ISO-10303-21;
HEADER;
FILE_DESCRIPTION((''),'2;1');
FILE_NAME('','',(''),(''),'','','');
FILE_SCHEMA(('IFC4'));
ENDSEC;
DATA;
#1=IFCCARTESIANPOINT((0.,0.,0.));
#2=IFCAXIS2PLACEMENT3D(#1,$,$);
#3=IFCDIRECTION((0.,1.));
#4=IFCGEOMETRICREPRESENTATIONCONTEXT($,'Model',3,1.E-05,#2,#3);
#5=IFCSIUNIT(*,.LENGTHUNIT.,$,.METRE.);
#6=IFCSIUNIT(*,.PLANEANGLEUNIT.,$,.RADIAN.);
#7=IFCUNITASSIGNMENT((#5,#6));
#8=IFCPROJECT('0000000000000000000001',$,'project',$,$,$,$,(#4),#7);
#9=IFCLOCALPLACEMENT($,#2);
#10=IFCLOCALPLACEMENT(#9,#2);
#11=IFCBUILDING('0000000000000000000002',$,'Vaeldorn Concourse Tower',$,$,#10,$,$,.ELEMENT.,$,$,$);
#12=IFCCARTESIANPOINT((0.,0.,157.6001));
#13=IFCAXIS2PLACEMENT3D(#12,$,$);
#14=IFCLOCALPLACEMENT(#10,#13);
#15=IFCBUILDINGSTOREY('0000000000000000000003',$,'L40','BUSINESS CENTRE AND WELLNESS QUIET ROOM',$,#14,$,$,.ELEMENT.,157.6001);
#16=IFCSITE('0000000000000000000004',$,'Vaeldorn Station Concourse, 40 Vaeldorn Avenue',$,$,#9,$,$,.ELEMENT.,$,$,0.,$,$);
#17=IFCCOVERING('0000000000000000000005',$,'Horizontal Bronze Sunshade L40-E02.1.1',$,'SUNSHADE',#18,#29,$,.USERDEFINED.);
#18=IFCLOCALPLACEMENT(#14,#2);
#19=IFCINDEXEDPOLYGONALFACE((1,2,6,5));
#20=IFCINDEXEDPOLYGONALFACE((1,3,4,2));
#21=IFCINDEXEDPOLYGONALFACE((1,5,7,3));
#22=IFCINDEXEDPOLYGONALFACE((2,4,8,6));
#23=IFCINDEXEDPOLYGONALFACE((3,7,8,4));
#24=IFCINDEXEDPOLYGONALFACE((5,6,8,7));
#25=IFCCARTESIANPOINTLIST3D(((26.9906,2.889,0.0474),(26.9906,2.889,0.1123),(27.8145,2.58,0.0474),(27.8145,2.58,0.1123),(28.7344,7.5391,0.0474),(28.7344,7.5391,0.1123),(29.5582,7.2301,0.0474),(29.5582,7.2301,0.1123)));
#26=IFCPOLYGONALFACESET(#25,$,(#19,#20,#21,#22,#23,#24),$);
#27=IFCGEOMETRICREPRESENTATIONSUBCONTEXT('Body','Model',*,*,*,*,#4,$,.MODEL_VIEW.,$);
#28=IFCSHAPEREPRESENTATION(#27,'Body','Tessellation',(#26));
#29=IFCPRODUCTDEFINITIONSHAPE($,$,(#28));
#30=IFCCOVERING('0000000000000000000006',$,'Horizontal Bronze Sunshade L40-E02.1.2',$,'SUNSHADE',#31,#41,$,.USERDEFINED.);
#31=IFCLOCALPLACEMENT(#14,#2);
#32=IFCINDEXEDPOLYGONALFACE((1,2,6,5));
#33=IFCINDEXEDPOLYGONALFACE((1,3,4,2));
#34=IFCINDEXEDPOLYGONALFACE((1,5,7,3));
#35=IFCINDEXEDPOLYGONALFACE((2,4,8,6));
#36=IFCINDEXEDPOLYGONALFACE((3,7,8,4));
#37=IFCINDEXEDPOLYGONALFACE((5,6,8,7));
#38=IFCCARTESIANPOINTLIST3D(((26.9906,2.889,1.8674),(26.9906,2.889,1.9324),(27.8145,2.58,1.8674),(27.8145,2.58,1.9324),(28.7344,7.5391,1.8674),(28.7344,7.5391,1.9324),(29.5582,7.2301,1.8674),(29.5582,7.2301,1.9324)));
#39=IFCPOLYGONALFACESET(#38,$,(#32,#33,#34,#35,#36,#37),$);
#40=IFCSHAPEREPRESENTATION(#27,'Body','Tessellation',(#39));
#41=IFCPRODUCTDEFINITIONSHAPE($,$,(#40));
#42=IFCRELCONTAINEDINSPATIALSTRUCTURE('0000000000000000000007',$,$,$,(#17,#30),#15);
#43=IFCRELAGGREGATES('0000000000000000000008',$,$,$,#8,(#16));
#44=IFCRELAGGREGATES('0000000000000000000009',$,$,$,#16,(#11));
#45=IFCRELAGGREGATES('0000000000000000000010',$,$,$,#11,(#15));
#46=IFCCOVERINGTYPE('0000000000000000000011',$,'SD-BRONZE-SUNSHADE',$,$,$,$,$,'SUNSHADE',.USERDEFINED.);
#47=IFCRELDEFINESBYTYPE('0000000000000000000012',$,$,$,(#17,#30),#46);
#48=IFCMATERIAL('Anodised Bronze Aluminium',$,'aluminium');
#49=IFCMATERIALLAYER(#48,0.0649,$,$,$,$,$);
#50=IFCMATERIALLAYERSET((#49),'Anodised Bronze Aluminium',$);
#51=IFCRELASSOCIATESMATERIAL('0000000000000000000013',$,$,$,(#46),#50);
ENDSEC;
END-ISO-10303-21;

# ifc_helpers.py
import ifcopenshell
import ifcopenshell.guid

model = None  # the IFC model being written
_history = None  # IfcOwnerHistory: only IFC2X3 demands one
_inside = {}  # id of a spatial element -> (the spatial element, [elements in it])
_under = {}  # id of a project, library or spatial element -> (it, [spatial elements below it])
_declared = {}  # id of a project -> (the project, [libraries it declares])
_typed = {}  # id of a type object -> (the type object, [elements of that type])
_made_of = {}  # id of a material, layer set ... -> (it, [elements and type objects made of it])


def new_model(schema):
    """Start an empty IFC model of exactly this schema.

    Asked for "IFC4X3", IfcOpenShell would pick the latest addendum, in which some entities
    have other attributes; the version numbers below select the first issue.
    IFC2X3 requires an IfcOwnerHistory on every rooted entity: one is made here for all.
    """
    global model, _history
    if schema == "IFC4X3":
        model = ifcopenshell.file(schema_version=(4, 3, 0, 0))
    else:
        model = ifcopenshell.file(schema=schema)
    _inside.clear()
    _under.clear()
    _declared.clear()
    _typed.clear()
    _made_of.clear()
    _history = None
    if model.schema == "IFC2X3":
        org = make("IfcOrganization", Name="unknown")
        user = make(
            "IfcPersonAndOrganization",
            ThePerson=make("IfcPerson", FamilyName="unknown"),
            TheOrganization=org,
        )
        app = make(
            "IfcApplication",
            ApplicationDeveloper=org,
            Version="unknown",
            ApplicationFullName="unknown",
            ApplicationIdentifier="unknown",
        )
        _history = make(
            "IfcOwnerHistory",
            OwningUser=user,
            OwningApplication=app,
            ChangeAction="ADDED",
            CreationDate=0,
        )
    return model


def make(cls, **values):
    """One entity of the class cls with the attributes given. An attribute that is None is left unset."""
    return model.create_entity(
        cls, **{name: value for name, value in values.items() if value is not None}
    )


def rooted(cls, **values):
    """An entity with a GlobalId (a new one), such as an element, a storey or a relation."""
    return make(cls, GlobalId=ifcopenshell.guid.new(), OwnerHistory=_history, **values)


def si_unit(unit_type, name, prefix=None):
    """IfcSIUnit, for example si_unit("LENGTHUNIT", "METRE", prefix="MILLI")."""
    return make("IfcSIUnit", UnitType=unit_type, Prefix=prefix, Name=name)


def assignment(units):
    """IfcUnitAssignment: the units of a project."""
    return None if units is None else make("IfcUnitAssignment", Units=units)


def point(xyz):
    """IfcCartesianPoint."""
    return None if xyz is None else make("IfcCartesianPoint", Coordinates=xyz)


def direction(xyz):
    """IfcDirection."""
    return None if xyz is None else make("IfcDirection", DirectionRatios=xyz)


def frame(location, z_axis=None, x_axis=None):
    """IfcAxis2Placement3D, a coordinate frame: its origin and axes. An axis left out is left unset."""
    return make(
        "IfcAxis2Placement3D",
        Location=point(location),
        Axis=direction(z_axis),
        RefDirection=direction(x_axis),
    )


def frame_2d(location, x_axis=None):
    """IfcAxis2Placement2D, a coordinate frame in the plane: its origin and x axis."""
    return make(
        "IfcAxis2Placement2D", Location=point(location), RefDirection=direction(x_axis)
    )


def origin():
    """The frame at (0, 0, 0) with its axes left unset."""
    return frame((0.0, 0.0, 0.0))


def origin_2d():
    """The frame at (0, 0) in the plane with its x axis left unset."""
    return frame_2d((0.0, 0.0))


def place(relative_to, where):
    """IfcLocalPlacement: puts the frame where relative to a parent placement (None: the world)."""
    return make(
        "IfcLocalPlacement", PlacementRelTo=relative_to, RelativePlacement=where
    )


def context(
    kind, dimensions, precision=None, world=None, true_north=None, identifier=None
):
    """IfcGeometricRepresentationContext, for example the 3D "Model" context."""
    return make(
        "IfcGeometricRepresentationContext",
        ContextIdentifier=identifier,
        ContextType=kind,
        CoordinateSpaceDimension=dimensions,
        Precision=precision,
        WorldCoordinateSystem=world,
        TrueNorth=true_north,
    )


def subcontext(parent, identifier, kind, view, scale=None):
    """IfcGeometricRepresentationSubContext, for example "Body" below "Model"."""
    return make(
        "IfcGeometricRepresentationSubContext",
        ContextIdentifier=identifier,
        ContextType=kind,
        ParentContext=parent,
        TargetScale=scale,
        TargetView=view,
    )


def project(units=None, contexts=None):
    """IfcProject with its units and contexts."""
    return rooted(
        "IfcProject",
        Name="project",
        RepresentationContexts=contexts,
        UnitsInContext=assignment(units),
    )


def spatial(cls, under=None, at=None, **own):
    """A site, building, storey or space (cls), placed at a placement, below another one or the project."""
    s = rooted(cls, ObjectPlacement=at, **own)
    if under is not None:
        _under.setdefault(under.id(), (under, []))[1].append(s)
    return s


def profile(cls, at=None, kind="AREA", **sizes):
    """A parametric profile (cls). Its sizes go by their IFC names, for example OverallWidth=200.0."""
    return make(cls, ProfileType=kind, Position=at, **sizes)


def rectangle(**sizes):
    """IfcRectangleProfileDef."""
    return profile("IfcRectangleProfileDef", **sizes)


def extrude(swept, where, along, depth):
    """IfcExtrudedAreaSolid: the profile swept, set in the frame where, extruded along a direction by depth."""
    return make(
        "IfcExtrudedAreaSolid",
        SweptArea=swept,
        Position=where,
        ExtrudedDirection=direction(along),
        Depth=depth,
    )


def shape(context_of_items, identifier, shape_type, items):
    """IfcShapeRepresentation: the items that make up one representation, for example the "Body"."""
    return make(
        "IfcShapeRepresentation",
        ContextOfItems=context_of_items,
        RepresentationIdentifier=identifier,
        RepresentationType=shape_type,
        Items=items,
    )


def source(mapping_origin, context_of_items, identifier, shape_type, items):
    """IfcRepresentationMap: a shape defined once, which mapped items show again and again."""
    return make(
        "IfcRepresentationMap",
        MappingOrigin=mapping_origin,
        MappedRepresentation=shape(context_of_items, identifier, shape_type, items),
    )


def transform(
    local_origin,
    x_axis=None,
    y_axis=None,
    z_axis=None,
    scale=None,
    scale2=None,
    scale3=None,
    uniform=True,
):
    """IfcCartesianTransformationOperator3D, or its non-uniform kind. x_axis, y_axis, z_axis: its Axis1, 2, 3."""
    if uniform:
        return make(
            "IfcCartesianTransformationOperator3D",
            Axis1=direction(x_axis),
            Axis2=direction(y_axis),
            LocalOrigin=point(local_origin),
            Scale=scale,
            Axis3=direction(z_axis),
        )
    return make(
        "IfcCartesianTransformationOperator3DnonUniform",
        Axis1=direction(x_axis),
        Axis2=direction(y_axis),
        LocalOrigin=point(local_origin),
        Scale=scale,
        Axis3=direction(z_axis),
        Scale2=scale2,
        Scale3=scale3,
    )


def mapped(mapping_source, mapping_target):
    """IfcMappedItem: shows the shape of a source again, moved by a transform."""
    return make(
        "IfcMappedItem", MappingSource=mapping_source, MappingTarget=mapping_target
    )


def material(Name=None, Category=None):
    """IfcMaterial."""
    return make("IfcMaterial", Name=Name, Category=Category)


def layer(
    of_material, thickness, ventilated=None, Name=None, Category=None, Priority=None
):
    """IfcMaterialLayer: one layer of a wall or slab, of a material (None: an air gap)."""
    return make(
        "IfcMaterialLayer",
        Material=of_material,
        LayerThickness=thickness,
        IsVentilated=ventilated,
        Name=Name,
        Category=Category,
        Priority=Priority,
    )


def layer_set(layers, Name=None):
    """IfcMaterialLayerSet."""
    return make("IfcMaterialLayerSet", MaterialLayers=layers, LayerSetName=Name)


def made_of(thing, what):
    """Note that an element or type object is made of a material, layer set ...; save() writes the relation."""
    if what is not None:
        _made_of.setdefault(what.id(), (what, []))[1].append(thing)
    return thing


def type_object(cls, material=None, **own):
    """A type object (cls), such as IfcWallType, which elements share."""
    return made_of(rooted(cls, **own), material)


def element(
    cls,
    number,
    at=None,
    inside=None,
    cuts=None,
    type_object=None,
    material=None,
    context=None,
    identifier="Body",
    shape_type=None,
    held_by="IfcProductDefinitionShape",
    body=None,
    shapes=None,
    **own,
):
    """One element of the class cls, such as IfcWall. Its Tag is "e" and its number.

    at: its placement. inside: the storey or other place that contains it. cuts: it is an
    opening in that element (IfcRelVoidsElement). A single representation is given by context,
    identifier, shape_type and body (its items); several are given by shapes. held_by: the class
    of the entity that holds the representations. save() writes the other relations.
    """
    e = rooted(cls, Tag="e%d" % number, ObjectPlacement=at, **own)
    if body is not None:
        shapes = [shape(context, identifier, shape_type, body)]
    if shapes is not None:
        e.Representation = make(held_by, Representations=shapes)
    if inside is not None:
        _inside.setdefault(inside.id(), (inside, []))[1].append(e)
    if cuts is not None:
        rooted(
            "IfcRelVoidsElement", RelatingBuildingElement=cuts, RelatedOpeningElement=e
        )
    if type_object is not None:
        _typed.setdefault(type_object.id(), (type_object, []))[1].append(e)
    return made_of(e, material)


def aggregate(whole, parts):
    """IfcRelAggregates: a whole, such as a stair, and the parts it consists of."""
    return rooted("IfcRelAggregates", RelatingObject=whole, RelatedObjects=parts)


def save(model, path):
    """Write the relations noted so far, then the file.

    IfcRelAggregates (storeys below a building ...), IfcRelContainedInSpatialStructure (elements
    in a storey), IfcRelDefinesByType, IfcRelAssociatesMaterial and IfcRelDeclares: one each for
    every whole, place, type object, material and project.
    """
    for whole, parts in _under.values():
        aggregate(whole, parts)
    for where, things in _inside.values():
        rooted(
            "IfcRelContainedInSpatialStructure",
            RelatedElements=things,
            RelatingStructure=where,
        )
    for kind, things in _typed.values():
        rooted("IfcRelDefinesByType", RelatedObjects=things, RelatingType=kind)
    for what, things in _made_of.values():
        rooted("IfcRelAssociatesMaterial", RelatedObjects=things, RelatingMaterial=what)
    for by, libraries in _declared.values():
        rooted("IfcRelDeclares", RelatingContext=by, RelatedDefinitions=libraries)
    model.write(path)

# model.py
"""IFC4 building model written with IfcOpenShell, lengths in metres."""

from ifc_helpers import new_model, si_unit, direction, frame, origin, origin_2d, place, context, subcontext, project, spatial, rectangle, extrude, source, transform, mapped, material, layer, layer_set, type_object, element, save


model = new_model("IFC4")

# Units and contexts
model_context = context("Model", 3, precision=1e-05, world=origin(), true_north=direction((0.0, 1.0)))
body_context = subcontext(model_context, "Body", "Model", "MODEL_VIEW")
ifc_project = project(units=[si_unit("LENGTHUNIT", "METRE"), si_unit("PLANEANGLEUNIT", "RADIAN")], contexts=[model_context])

# Site, building, storey
site_placement = place(None, origin())
site = spatial("IfcSite", under=ifc_project, at=site_placement, Name="Vaeldorn Station Concourse, 40 Vaeldorn Avenue", CompositionType="ELEMENT", RefElevation=0.0)
building_placement = place(site_placement, origin())
building = spatial("IfcBuilding", under=site, at=building_placement, Name="Vaeldorn Concourse Tower", CompositionType="ELEMENT")
storey_placement = place(building_placement, frame((0.0, 0.0, 157.6001)))
storey = spatial("IfcBuildingStorey", under=building, at=storey_placement, Name="L40", Description="BUSINESS CENTRE AND WELLNESS QUIET ROOM", CompositionType="ELEMENT", Elevation=157.6001)

# Shared definitions
ifc_material_1 = material(Name="Anodised Bronze Aluminium", Category="aluminium")

# Coverings
ifc_layer_1 = layer(ifc_material_1, 0.0649)
ifc_layer_set_1 = layer_set([ifc_layer_1], Name="Anodised Bronze Aluminium")
covering_type = type_object("IfcCoveringType", Name="SD-BRONZE-SUNSHADE", ElementType="SUNSHADE", PredefinedType="USERDEFINED", material=ifc_layer_set_1)
shared_shape_1 = source(origin(), body_context, "Body", "SweptSolid", [
    extrude(rectangle(XDim=4.9663, YDim=0.8799, at=origin_2d()), origin(), (0.0, 0.0, 1.0), 0.0649),
])
for number, where, z_axis, x_axis, name in (
    (1, (28.2744, 5.0596, 0.0474), (0.0, 0.0, 1.0), (0.351123, 0.936329, 0.0), "Horizontal Bronze Sunshade L40-E02.1.1"),
    (2, (28.2744, 5.0596, 1.8674), (0.0, 0.0, 1.0), (0.351123, 0.936329, 0.0), "Horizontal Bronze Sunshade L40-E02.1.2"),
):
    element("IfcCovering", number, at=place(storey_placement, frame(where, z_axis=z_axis, x_axis=x_axis)), inside=storey, type_object=covering_type, Name=name, ObjectType="SUNSHADE", PredefinedType="USERDEFINED", context=body_context, shape_type="MappedRepresentation", body=[
        mapped(shared_shape_1, transform((0.0, 0.0, 0.0), scale=1.0)),
    ])

save(model, "model.ifc")
